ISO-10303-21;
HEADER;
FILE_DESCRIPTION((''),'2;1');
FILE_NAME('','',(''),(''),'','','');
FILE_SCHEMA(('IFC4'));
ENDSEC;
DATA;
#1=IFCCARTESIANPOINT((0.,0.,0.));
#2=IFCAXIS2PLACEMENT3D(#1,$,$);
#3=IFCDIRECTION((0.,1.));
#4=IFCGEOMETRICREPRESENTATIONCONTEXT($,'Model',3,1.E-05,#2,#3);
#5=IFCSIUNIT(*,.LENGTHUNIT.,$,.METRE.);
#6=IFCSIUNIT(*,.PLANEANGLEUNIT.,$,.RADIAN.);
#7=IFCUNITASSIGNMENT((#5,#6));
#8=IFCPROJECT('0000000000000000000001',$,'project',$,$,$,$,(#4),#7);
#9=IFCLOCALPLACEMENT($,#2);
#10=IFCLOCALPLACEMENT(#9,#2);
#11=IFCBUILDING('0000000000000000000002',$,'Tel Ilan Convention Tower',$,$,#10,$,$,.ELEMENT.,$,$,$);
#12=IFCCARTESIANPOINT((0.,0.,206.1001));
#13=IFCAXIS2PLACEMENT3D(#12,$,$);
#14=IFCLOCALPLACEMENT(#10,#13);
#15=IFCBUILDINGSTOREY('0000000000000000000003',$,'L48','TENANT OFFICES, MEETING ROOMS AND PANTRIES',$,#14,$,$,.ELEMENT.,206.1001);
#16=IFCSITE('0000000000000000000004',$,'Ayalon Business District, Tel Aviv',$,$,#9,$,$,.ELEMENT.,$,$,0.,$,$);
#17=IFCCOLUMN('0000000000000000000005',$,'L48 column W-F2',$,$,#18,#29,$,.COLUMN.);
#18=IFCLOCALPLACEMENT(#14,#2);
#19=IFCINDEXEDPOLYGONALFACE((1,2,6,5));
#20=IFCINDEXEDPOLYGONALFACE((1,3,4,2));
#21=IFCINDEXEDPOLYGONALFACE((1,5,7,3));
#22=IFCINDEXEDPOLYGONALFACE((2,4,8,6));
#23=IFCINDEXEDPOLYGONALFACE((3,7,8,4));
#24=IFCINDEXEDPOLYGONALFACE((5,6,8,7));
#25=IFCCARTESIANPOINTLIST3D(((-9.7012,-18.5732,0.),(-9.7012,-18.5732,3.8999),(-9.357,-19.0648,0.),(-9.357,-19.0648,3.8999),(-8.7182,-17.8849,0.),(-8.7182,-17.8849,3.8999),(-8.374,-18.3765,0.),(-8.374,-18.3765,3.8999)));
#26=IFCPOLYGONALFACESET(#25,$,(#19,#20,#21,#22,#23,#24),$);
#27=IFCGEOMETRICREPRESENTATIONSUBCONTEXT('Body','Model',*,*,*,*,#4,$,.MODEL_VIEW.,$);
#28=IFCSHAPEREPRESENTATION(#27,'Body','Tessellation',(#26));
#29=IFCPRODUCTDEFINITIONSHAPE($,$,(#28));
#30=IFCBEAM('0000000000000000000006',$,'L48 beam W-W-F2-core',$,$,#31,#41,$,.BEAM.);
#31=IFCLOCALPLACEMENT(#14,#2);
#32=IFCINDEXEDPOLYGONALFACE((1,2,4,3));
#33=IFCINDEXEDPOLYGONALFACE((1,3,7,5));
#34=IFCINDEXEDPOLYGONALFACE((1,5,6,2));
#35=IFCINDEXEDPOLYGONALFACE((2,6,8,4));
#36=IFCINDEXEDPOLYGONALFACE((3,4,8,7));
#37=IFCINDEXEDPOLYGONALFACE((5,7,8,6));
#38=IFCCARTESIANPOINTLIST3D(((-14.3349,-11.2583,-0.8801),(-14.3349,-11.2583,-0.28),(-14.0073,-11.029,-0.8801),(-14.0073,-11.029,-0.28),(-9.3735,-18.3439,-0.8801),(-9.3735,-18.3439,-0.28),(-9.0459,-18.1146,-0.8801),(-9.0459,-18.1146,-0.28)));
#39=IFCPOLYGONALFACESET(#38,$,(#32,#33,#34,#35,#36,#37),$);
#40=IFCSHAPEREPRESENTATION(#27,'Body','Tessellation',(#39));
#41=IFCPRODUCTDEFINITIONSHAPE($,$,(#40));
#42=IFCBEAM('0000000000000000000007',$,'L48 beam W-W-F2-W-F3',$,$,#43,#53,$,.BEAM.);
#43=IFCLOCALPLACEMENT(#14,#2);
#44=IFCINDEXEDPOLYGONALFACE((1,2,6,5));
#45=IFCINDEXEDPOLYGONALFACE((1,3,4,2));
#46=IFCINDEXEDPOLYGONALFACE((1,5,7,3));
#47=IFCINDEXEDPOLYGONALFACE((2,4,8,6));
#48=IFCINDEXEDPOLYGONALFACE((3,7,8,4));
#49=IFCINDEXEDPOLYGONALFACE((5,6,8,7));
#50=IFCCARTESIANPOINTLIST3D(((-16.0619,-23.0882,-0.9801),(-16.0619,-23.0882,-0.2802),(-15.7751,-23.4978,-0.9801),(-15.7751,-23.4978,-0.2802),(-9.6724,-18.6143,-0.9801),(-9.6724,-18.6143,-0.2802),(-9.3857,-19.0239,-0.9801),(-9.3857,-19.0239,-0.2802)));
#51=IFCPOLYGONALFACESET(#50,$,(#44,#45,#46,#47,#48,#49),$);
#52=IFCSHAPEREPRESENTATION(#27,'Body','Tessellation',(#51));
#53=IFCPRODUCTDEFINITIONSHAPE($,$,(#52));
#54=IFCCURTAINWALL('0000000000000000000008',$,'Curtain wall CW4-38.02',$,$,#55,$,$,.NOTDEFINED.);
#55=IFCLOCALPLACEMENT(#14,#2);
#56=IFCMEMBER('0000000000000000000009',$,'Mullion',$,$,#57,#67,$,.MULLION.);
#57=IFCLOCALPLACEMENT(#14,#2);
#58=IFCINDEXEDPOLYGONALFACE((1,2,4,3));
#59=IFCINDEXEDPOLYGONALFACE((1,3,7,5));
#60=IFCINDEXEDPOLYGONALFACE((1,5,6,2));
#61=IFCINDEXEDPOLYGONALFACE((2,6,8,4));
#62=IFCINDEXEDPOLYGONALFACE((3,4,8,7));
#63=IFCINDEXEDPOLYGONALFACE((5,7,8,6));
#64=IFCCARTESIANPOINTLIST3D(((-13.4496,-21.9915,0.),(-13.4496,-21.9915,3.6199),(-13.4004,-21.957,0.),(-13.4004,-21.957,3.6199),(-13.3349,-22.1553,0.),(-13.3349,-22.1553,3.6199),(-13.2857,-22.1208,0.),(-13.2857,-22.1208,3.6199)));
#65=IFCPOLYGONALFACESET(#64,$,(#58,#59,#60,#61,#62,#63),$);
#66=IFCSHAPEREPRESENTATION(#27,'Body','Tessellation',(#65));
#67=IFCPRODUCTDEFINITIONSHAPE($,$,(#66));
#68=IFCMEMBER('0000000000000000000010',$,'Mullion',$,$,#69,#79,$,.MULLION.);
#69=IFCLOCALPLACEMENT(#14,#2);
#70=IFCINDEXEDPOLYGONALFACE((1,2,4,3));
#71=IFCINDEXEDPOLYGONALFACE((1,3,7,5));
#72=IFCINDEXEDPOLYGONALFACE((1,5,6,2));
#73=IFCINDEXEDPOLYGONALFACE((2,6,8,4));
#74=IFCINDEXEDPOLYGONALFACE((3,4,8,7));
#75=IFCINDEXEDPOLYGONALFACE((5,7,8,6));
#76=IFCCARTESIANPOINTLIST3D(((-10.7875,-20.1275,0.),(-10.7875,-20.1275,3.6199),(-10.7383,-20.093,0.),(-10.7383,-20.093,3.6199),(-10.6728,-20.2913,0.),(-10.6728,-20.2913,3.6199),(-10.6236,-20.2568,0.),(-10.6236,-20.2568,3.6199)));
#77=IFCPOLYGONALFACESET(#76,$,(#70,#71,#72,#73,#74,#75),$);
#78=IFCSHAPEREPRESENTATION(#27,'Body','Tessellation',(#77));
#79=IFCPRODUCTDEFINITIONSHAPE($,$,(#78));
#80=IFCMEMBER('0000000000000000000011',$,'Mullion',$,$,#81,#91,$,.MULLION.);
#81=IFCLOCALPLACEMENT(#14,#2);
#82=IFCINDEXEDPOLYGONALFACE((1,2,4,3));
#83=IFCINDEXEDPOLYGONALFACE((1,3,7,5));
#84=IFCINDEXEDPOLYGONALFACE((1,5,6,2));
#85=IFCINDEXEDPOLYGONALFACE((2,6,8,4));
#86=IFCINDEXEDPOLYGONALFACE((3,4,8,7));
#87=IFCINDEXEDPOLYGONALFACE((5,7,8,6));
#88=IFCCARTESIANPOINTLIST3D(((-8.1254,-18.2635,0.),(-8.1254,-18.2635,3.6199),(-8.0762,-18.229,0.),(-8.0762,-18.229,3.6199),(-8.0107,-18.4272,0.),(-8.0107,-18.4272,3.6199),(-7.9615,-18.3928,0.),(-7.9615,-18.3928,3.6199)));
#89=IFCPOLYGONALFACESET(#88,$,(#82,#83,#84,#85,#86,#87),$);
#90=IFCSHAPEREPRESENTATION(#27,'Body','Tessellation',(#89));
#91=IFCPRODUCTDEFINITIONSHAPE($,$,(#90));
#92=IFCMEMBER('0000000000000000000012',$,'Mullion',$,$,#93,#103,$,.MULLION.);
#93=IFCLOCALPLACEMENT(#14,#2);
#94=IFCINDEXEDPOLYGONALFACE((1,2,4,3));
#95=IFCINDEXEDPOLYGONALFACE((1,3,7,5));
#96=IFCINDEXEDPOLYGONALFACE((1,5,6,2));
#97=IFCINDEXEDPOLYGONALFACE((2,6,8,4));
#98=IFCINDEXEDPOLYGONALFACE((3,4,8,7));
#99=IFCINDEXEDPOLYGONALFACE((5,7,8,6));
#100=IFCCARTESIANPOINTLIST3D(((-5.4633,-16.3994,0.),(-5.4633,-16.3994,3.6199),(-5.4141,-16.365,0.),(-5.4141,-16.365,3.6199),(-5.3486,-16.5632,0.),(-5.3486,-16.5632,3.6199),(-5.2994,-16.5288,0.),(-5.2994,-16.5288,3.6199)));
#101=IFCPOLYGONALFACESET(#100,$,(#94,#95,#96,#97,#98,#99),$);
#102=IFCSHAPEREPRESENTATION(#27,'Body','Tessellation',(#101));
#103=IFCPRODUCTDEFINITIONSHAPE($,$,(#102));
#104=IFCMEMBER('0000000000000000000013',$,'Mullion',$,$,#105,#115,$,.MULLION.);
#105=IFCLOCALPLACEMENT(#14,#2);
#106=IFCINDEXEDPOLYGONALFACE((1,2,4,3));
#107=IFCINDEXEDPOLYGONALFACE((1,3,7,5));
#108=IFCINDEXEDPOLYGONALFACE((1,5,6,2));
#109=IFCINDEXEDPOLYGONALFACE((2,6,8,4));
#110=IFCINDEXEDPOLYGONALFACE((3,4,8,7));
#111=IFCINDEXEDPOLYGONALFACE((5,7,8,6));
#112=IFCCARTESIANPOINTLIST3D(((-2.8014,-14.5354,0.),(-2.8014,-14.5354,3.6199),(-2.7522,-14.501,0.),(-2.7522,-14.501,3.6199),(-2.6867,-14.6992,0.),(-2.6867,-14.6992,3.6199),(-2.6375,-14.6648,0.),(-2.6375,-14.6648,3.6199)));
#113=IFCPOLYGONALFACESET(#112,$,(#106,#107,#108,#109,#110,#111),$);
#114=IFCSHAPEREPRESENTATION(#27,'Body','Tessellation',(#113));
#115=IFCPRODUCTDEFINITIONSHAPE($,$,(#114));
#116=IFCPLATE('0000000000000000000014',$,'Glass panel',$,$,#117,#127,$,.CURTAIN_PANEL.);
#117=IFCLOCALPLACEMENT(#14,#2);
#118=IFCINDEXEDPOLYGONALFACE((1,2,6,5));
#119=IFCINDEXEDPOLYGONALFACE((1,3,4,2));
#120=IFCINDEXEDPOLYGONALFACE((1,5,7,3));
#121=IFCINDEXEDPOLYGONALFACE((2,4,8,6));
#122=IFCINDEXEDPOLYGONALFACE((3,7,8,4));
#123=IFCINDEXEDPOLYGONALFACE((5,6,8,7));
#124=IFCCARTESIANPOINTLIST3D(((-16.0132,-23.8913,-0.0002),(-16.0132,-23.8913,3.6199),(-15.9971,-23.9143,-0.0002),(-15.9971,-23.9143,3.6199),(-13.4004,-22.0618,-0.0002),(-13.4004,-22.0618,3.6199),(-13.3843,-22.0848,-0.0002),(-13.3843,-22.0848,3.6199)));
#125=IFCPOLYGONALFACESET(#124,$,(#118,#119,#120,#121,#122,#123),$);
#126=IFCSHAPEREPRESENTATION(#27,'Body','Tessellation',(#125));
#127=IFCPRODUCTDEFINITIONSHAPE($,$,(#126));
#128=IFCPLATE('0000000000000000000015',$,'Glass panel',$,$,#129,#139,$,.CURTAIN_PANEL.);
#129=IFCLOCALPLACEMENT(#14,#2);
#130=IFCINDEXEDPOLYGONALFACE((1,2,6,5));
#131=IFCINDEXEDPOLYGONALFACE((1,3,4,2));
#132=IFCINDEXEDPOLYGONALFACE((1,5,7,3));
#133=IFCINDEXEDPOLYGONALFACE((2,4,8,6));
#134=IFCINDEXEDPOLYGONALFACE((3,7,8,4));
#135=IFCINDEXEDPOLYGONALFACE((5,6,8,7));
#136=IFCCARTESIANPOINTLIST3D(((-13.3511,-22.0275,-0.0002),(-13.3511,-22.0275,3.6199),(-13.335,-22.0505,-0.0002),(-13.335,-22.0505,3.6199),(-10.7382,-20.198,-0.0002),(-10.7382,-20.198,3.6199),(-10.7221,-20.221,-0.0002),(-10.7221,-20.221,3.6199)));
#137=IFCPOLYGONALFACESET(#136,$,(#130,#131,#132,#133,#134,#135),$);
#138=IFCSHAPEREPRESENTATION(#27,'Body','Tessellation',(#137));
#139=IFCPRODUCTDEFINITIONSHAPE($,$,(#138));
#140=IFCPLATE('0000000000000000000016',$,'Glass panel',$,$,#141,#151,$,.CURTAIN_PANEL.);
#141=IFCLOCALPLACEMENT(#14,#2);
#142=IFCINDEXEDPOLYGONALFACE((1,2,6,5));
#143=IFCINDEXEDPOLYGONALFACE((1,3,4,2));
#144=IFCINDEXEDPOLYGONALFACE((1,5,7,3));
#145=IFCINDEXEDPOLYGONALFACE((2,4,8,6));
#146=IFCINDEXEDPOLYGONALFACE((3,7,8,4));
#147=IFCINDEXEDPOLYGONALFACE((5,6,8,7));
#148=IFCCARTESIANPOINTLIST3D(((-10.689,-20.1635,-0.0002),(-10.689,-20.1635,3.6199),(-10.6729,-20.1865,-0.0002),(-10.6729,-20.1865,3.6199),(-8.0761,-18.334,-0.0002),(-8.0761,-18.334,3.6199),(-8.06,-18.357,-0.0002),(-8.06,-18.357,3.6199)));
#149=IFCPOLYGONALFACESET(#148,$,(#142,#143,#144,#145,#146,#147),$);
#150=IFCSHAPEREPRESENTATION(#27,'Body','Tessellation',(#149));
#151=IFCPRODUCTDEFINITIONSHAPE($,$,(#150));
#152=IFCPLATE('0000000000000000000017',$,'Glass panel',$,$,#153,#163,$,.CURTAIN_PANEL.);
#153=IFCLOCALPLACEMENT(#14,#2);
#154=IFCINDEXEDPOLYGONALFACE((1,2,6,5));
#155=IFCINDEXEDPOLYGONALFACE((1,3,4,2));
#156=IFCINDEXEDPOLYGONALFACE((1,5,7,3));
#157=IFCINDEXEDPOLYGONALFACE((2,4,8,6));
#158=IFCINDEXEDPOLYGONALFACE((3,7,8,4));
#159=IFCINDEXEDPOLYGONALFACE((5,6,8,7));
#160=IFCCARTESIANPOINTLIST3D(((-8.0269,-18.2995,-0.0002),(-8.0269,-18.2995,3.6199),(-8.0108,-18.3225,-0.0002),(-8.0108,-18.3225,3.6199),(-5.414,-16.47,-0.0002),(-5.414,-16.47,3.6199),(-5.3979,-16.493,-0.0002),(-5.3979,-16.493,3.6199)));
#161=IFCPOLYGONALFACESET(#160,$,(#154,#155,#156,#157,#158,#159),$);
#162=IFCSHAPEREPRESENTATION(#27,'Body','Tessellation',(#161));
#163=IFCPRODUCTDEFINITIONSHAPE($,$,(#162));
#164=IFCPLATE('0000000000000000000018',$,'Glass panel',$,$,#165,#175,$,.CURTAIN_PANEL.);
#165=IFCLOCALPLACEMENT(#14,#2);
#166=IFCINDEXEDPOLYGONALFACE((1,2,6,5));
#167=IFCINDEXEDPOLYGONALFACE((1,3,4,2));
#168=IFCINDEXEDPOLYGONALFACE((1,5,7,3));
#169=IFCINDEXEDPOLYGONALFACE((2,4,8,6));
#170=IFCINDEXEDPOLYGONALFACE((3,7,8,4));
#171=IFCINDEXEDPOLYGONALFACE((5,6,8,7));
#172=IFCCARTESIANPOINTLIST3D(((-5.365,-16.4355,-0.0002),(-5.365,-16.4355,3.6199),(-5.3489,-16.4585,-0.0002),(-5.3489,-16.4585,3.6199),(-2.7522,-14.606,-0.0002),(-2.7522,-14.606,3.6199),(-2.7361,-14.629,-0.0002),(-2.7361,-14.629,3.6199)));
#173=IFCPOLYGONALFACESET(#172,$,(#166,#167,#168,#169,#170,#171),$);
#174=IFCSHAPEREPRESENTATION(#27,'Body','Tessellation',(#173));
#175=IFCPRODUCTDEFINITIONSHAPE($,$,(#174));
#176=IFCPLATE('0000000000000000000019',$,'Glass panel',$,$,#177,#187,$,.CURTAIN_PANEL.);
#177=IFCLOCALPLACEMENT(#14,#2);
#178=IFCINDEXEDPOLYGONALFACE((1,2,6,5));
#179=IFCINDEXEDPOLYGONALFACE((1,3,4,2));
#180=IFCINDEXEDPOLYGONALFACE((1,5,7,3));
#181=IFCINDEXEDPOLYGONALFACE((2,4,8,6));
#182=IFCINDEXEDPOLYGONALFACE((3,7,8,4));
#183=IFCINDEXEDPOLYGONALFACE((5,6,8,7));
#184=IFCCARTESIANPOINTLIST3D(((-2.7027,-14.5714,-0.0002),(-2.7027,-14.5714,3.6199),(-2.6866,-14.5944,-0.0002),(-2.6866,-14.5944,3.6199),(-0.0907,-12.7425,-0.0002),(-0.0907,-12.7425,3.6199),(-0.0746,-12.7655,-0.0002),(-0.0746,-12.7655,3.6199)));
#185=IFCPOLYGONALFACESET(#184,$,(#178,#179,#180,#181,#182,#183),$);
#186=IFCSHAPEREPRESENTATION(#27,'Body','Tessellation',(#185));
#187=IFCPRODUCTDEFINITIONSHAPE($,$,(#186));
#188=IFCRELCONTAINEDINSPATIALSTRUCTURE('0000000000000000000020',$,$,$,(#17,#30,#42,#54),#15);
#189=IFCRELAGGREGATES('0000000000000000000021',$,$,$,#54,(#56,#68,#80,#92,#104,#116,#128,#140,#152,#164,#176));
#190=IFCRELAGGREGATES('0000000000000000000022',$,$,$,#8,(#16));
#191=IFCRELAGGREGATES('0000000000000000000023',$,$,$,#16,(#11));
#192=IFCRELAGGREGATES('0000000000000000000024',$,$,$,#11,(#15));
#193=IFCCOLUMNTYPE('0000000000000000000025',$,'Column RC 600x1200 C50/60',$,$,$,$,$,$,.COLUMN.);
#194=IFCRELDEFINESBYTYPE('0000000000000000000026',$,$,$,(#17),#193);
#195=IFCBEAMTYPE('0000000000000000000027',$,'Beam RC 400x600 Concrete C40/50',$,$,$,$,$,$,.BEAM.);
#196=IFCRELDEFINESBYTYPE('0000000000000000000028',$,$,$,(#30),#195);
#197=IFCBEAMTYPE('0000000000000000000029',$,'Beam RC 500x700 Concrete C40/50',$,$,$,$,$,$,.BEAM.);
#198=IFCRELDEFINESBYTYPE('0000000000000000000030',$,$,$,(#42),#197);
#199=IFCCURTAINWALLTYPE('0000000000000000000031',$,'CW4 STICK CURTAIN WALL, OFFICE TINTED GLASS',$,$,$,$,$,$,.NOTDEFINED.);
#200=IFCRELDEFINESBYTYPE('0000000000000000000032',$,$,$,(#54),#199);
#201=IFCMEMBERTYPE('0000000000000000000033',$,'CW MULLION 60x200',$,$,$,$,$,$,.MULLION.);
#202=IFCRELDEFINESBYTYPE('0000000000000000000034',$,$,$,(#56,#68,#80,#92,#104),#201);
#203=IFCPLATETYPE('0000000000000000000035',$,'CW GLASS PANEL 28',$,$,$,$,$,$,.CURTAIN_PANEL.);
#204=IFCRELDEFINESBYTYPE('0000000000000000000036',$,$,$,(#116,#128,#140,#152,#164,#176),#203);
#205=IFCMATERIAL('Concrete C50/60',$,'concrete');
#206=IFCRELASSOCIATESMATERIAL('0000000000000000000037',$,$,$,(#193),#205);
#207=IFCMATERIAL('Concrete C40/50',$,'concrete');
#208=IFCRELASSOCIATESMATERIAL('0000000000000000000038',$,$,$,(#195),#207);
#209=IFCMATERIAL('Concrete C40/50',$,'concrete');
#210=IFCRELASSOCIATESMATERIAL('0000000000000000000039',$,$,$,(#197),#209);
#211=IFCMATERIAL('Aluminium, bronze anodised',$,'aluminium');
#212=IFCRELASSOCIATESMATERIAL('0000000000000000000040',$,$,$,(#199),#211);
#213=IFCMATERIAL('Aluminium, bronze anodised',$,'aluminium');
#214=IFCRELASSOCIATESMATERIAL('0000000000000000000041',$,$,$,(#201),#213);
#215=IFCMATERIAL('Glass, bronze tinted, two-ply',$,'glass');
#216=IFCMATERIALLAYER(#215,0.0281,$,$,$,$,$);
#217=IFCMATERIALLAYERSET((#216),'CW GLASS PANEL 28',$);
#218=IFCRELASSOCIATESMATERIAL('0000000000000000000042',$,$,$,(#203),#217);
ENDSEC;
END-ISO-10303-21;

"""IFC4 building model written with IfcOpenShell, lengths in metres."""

from ifc_helpers import new_model, si_unit, direction, frame, origin, origin_2d, place, context, subcontext, project, spatial, rectangle, extrude, material, layer, layer_set, material_profile, profile_set, type_object, element, aggregate, save


model = new_model("IFC4")

# Units and contexts
model_context = context("Model", 3, precision=1e-05, world=origin(), true_north=direction((0.0, 1.0)))
body_context = subcontext(model_context, "Body", "Model", "MODEL_VIEW")
ifc_project = project(units=[si_unit("LENGTHUNIT", "METRE"), si_unit("PLANEANGLEUNIT", "RADIAN")], contexts=[model_context])

# Site, building, storey
site_placement = place(None, origin())
site = spatial("IfcSite", under=ifc_project, at=site_placement, Name="Ayalon Business District, Tel Aviv", CompositionType="ELEMENT", RefElevation=0.0)
building_placement = place(site_placement, origin())
building = spatial("IfcBuilding", under=site, at=building_placement, Name="Tel Ilan Convention Tower", CompositionType="ELEMENT")
storey_placement = place(building_placement, frame((0.0, 0.0, 206.1001)))
storey = spatial("IfcBuildingStorey", under=building, at=storey_placement, Name="L48", Description="TENANT OFFICES, MEETING ROOMS AND PANTRIES", CompositionType="ELEMENT", Elevation=206.1001)

# Column
ifc_material_1 = material(Name="Concrete C50/60", Category="concrete")
ifc_material_profile_1 = material_profile(ifc_material_1, rectangle(XDim=1.2, YDim=0.6001, at=origin_2d()), Name="RC 600x1200")
ifc_profile_set_1 = profile_set([ifc_material_profile_1], Name="Concrete C50/60")
column_type = type_object("IfcColumnType", Name="Column RC 600x1200 C50/60", PredefinedType="COLUMN", material=ifc_profile_set_1)
column_placement = place(storey_placement, frame((-9.0376, -18.4749, 0.0), z_axis=(0.0, 0.0, 1.0), x_axis=(-0.819152, -0.573576, 0.0)))
element("IfcColumn", 1, at=column_placement, inside=storey, type_object=column_type, Name="L48 column W-F2", PredefinedType="COLUMN", context=body_context, shape_type="SweptSolid", body=[
    extrude(rectangle(XDim=1.2, YDim=0.6001, at=origin_2d()), origin(), (0.0, 0.0, 1.0), 3.8999),
])

# Beams
ifc_material_2 = material(Name="Concrete C40/50", Category="concrete")
ifc_material_profile_2 = material_profile(ifc_material_2, rectangle(XDim=0.3999, YDim=0.6001, at=origin_2d()), Name="RC 400x600")
ifc_profile_set_2 = profile_set([ifc_material_profile_2], Name="Concrete C40/50")
beam_type_1 = type_object("IfcBeamType", Name="Beam RC 400x600 Concrete C40/50", PredefinedType="BEAM", material=ifc_profile_set_2)
beam_1_placement = place(storey_placement, frame((-9.2097, -18.2292, -0.5801), z_axis=(-0.573574, 0.819154, 0.0), x_axis=(-0.819154, -0.573574, 0.0)))
element("IfcBeam", 2, at=beam_1_placement, inside=storey, type_object=beam_type_1, Name="L48 beam W-W-F2-core", PredefinedType="BEAM", context=body_context, shape_type="SweptSolid", body=[
    extrude(rectangle(XDim=0.3999, YDim=0.6001, at=origin_2d()), origin(), (0.0, 0.0, 1.0), 8.6499),
])
ifc_material_3 = material(Name="Concrete C40/50", Category="concrete")
ifc_material_profile_3 = material_profile(ifc_material_3, rectangle(XDim=0.5, YDim=0.7, at=origin_2d()), Name="RC 500x700")
ifc_profile_set_3 = profile_set([ifc_material_profile_3], Name="Concrete C40/50")
beam_type_2 = type_object("IfcBeamType", Name="Beam RC 500x700 Concrete C40/50", PredefinedType="BEAM", material=ifc_profile_set_3)
beam_2_placement = place(storey_placement, frame((-9.5291, -18.8191, -0.6301), z_axis=(-0.819154, -0.573574, 0.0), x_axis=(0.573574, -0.819154, 0.0)))
element("IfcBeam", 3, at=beam_2_placement, inside=storey, type_object=beam_type_2, Name="L48 beam W-W-F2-W-F3", PredefinedType="BEAM", context=body_context, shape_type="SweptSolid", body=[
    extrude(rectangle(XDim=0.5, YDim=0.7, at=origin_2d()), origin(), (0.0, 0.0, 1.0), 7.8),
])

# Curtain wall, members, plates
ifc_material_4 = material(Name="Aluminium, bronze anodised", Category="aluminium")
curtain_wall_type = type_object("IfcCurtainWallType", Name="CW4 STICK CURTAIN WALL, OFFICE TINTED GLASS", PredefinedType="NOTDEFINED", material=ifc_material_4)
curtain_wall_placement = place(storey_placement, origin())
curtain_wall = element("IfcCurtainWall", 4, at=curtain_wall_placement, inside=storey, type_object=curtain_wall_type, Name="Curtain wall CW4-38.02", PredefinedType="NOTDEFINED")
ifc_material_5 = material(Name="Aluminium, bronze anodised", Category="aluminium")
ifc_material_profile_4 = material_profile(ifc_material_5, rectangle(XDim=0.0601, YDim=0.2, at=origin_2d()), Name="CW MULLION 60x200")
ifc_profile_set_4 = profile_set([ifc_material_profile_4], Name="Aluminium, bronze anodised")
member_type = type_object("IfcMemberType", Name="CW MULLION 60x200", PredefinedType="MULLION", material=ifc_profile_set_4)
member_1_placement = place(storey_placement, frame((-13.3677, -22.0562, 0.0), z_axis=(0.0, 0.0, 1.0), x_axis=(0.819152, 0.573576, 0.0)))
member_1 = element("IfcMember", 5, at=member_1_placement, type_object=member_type, Name="Mullion", PredefinedType="MULLION", context=body_context, shape_type="SweptSolid", body=[
    extrude(rectangle(XDim=0.0601, YDim=0.2, at=origin_2d()), origin(), (0.0, 0.0, 1.0), 3.6199),
])
member_2_placement = place(storey_placement, frame((-10.7056, -20.1921, 0.0), z_axis=(0.0, 0.0, 1.0), x_axis=(0.819152, 0.573576, 0.0)))
member_2 = element("IfcMember", 6, at=member_2_placement, type_object=member_type, Name="Mullion", PredefinedType="MULLION", context=body_context, shape_type="SweptSolid", body=[
    extrude(rectangle(XDim=0.0601, YDim=0.2, at=origin_2d()), origin(), (0.0, 0.0, 1.0), 3.6199),
])
member_3_placement = place(storey_placement, frame((-8.0435, -18.3281, 0.0), z_axis=(0.0, 0.0, 1.0), x_axis=(0.819152, 0.573576, 0.0)))
member_3 = element("IfcMember", 7, at=member_3_placement, type_object=member_type, Name="Mullion", PredefinedType="MULLION", context=body_context, shape_type="SweptSolid", body=[
    extrude(rectangle(XDim=0.0601, YDim=0.2, at=origin_2d()), origin(), (0.0, 0.0, 1.0), 3.6199),
])
member_4_placement = place(storey_placement, frame((-5.3813, -16.4641, 0.0), z_axis=(0.0, 0.0, 1.0), x_axis=(0.819152, 0.573576, 0.0)))
member_4 = element("IfcMember", 8, at=member_4_placement, type_object=member_type, Name="Mullion", PredefinedType="MULLION", context=body_context, shape_type="SweptSolid", body=[
    extrude(rectangle(XDim=0.0601, YDim=0.2, at=origin_2d()), origin(), (0.0, 0.0, 1.0), 3.6199),
])
member_5_placement = place(storey_placement, frame((-2.7195, -14.6001, 0.0), z_axis=(0.0, 0.0, 1.0), x_axis=(0.819152, 0.573576, 0.0)))
member_5 = element("IfcMember", 9, at=member_5_placement, type_object=member_type, Name="Mullion", PredefinedType="MULLION", context=body_context, shape_type="SweptSolid", body=[
    extrude(rectangle(XDim=0.0601, YDim=0.2, at=origin_2d()), origin(), (0.0, 0.0, 1.0), 3.6199),
])
ifc_material_6 = material(Name="Glass, bronze tinted, two-ply", Category="glass")
ifc_layer_1 = layer(ifc_material_6, 0.0281)
ifc_layer_set_1 = layer_set([ifc_layer_1], Name="CW GLASS PANEL 28")
plate_type = type_object("IfcPlateType", Name="CW GLASS PANEL 28", PredefinedType="CURTAIN_PANEL", material=ifc_layer_set_1)
plate_1_placement = place(storey_placement, frame((-14.6987, -22.988, -0.0002), z_axis=(0.0, 0.0, 1.0), x_axis=(0.819152, 0.573576, 0.0)))
plate_1 = element("IfcPlate", 10, at=plate_1_placement, type_object=plate_type, Name="Glass panel", PredefinedType="CURTAIN_PANEL", context=body_context, shape_type="SweptSolid", body=[
    extrude(rectangle(XDim=3.1897, YDim=0.0281, at=origin_2d()), origin(), (0.0, 0.0, 1.0), 3.6201),
])
plate_2_placement = place(storey_placement, frame((-12.0366, -21.1243, -0.0002), z_axis=(0.0, 0.0, 1.0), x_axis=(0.819152, 0.573576, 0.0)))
plate_2 = element("IfcPlate", 11, at=plate_2_placement, type_object=plate_type, Name="Glass panel", PredefinedType="CURTAIN_PANEL", context=body_context, shape_type="SweptSolid", body=[
    extrude(rectangle(XDim=3.1897, YDim=0.0281, at=origin_2d()), origin(), (0.0, 0.0, 1.0), 3.6201),
])
plate_3_placement = place(storey_placement, frame((-9.3745, -19.2603, -0.0002), z_axis=(0.0, 0.0, 1.0), x_axis=(0.819152, 0.573576, 0.0)))
plate_3 = element("IfcPlate", 12, at=plate_3_placement, type_object=plate_type, Name="Glass panel", PredefinedType="CURTAIN_PANEL", context=body_context, shape_type="SweptSolid", body=[
    extrude(rectangle(XDim=3.1897, YDim=0.0281, at=origin_2d()), origin(), (0.0, 0.0, 1.0), 3.6201),
])
plate_4_placement = place(storey_placement, frame((-6.7124, -17.3962, -0.0002), z_axis=(0.0, 0.0, 1.0), x_axis=(0.819152, 0.573576, 0.0)))
plate_4 = element("IfcPlate", 13, at=plate_4_placement, type_object=plate_type, Name="Glass panel", PredefinedType="CURTAIN_PANEL", context=body_context, shape_type="SweptSolid", body=[
    extrude(rectangle(XDim=3.1897, YDim=0.0281, at=origin_2d()), origin(), (0.0, 0.0, 1.0), 3.6201),
])
plate_5_placement = place(storey_placement, frame((-4.0505, -15.5322, -0.0002), z_axis=(0.0, 0.0, 1.0), x_axis=(0.819152, 0.573576, 0.0)))
plate_5 = element("IfcPlate", 14, at=plate_5_placement, type_object=plate_type, Name="Glass panel", PredefinedType="CURTAIN_PANEL", context=body_context, shape_type="SweptSolid", body=[
    extrude(rectangle(XDim=3.1897, YDim=0.0281, at=origin_2d()), origin(), (0.0, 0.0, 1.0), 3.6201),
])
plate_6_placement = place(storey_placement, frame((-1.3887, -13.6685, -0.0002), z_axis=(0.0, 0.0, 1.0), x_axis=(0.819152, 0.573576, 0.0)))
plate_6 = element("IfcPlate", 15, at=plate_6_placement, type_object=plate_type, Name="Glass panel", PredefinedType="CURTAIN_PANEL", context=body_context, shape_type="SweptSolid", body=[
    extrude(rectangle(XDim=3.1887, YDim=0.0281, at=origin_2d()), origin(), (0.0, 0.0, 1.0), 3.6201),
])
aggregate(curtain_wall, [member_1, member_2, member_3, member_4, member_5, plate_1, plate_2, plate_3, plate_4, plate_5, plate_6])

save(model, "model.ifc")
